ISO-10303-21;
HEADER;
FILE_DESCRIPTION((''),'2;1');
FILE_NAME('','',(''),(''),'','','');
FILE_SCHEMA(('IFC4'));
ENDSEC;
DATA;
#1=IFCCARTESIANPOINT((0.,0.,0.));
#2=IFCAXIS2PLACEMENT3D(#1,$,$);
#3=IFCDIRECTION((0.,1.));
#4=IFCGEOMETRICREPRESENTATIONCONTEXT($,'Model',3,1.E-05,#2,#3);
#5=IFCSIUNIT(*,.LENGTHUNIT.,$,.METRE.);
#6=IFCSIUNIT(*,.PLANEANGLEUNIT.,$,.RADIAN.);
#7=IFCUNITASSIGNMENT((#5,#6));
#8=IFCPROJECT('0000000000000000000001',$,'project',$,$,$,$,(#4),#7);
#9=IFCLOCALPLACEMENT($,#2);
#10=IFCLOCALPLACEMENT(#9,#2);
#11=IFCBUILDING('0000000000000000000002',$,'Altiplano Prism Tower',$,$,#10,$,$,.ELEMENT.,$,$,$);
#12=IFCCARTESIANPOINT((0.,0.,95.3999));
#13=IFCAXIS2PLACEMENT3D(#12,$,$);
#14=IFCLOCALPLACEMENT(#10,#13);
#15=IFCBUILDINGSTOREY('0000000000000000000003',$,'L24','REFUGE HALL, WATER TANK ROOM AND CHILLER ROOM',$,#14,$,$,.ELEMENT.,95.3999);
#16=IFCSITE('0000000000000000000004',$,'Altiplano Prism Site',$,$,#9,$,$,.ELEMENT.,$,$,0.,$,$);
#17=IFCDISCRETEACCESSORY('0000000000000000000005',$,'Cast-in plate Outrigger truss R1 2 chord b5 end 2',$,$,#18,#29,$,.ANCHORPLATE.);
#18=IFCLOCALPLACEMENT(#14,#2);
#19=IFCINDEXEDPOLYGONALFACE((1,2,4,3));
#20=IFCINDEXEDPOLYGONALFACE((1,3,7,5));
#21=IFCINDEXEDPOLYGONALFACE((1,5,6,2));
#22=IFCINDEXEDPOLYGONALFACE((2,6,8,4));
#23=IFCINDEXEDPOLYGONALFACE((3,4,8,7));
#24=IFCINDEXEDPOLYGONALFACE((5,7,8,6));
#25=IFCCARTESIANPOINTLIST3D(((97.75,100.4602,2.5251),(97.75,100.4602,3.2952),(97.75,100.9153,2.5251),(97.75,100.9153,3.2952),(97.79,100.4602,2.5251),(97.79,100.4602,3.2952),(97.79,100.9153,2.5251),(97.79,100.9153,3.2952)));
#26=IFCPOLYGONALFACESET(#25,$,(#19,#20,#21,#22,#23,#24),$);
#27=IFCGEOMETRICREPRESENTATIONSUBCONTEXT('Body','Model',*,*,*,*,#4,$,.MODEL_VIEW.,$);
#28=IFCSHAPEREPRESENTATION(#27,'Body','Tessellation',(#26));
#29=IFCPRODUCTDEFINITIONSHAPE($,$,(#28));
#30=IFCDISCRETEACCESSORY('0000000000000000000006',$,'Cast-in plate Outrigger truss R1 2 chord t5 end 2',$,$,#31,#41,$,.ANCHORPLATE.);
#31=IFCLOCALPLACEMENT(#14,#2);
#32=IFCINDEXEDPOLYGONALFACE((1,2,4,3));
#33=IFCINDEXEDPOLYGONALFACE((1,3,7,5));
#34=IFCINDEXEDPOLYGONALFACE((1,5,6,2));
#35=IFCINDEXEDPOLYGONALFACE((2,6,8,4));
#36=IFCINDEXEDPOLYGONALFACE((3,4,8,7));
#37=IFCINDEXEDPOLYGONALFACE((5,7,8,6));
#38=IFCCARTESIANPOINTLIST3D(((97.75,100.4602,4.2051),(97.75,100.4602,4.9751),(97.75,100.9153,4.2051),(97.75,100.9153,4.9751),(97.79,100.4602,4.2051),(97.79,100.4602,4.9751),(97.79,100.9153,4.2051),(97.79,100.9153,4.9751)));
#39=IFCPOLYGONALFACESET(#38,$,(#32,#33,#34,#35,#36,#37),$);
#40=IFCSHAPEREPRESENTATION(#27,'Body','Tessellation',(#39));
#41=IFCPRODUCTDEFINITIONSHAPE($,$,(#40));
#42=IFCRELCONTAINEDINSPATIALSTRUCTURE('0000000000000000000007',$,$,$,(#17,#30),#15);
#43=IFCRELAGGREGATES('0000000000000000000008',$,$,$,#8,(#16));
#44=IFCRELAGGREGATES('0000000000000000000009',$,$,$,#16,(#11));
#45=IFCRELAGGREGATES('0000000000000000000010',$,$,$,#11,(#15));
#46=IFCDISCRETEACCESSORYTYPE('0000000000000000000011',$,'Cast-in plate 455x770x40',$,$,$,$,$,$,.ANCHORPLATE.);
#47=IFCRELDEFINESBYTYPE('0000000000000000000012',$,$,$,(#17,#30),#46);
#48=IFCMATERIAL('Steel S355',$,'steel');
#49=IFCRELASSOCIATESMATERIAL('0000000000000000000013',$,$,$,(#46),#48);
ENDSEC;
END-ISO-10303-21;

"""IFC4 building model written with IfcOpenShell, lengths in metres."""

from ifc_helpers import new_model, si_unit, direction, frame, origin, origin_2d, place, context, subcontext, project, spatial, rectangle, extrude, material, material_profile, profile_set, type_object, element, save


model = new_model("IFC4")

# Units and contexts
model_context = context("Model", 3, precision=1e-05, world=origin(), true_north=direction((0.0, 1.0)))
body_context = subcontext(model_context, "Body", "Model", "MODEL_VIEW")
ifc_project = project(units=[si_unit("LENGTHUNIT", "METRE"), si_unit("PLANEANGLEUNIT", "RADIAN")], contexts=[model_context])

# Site, building, storey
site_placement = place(None, origin())
site = spatial("IfcSite", under=ifc_project, at=site_placement, Name="Altiplano Prism Site", CompositionType="ELEMENT", RefElevation=0.0)
building_placement = place(site_placement, origin())
building = spatial("IfcBuilding", under=site, at=building_placement, Name="Altiplano Prism Tower", CompositionType="ELEMENT")
storey_placement = place(building_placement, frame((0.0, 0.0, 95.3999)))
storey = spatial("IfcBuildingStorey", under=building, at=storey_placement, Name="L24", Description="REFUGE HALL, WATER TANK ROOM AND CHILLER ROOM", CompositionType="ELEMENT", Elevation=95.3999)

# Shared definitions
ifc_material_1 = material(Name="Steel S355", Category="steel")

# Discrete accessories
ifc_material_profile_1 = material_profile(ifc_material_1, rectangle(XDim=0.4551, YDim=0.77, at=origin_2d()), Name="Cast-in plate 455x770x40")
ifc_profile_set_1 = profile_set([ifc_material_profile_1], Name="Steel S355")
discrete_accessory_type_1 = type_object("IfcDiscreteAccessoryType", Name="Cast-in plate 455x770x40", PredefinedType="ANCHORPLATE", material=ifc_profile_set_1)
for number, where, z_axis, x_axis, name in (
    (1, (97.75, 100.6877, 2.9102), (1.0, 0.0, 0.0), (0.0, 1.0, 0.0), "Cast-in plate Outrigger truss R1 2 chord b5 end 2"),
    (2, (97.75, 100.6877, 4.5901), (1.0, 0.0, 0.0), (0.0, 1.0, 0.0), "Cast-in plate Outrigger truss R1 2 chord t5 end 2"),
):
    element("IfcDiscreteAccessory", number, at=place(storey_placement, frame(where, z_axis=z_axis, x_axis=x_axis)), inside=storey, type_object=discrete_accessory_type_1, Name=name, PredefinedType="ANCHORPLATE", context=body_context, shape_type="SweptSolid", body=[
        extrude(rectangle(XDim=0.4551, YDim=0.77, at=origin_2d()), origin(), (0.0, 0.0, 1.0), 0.04),
    ])

save(model, "model.ifc")
